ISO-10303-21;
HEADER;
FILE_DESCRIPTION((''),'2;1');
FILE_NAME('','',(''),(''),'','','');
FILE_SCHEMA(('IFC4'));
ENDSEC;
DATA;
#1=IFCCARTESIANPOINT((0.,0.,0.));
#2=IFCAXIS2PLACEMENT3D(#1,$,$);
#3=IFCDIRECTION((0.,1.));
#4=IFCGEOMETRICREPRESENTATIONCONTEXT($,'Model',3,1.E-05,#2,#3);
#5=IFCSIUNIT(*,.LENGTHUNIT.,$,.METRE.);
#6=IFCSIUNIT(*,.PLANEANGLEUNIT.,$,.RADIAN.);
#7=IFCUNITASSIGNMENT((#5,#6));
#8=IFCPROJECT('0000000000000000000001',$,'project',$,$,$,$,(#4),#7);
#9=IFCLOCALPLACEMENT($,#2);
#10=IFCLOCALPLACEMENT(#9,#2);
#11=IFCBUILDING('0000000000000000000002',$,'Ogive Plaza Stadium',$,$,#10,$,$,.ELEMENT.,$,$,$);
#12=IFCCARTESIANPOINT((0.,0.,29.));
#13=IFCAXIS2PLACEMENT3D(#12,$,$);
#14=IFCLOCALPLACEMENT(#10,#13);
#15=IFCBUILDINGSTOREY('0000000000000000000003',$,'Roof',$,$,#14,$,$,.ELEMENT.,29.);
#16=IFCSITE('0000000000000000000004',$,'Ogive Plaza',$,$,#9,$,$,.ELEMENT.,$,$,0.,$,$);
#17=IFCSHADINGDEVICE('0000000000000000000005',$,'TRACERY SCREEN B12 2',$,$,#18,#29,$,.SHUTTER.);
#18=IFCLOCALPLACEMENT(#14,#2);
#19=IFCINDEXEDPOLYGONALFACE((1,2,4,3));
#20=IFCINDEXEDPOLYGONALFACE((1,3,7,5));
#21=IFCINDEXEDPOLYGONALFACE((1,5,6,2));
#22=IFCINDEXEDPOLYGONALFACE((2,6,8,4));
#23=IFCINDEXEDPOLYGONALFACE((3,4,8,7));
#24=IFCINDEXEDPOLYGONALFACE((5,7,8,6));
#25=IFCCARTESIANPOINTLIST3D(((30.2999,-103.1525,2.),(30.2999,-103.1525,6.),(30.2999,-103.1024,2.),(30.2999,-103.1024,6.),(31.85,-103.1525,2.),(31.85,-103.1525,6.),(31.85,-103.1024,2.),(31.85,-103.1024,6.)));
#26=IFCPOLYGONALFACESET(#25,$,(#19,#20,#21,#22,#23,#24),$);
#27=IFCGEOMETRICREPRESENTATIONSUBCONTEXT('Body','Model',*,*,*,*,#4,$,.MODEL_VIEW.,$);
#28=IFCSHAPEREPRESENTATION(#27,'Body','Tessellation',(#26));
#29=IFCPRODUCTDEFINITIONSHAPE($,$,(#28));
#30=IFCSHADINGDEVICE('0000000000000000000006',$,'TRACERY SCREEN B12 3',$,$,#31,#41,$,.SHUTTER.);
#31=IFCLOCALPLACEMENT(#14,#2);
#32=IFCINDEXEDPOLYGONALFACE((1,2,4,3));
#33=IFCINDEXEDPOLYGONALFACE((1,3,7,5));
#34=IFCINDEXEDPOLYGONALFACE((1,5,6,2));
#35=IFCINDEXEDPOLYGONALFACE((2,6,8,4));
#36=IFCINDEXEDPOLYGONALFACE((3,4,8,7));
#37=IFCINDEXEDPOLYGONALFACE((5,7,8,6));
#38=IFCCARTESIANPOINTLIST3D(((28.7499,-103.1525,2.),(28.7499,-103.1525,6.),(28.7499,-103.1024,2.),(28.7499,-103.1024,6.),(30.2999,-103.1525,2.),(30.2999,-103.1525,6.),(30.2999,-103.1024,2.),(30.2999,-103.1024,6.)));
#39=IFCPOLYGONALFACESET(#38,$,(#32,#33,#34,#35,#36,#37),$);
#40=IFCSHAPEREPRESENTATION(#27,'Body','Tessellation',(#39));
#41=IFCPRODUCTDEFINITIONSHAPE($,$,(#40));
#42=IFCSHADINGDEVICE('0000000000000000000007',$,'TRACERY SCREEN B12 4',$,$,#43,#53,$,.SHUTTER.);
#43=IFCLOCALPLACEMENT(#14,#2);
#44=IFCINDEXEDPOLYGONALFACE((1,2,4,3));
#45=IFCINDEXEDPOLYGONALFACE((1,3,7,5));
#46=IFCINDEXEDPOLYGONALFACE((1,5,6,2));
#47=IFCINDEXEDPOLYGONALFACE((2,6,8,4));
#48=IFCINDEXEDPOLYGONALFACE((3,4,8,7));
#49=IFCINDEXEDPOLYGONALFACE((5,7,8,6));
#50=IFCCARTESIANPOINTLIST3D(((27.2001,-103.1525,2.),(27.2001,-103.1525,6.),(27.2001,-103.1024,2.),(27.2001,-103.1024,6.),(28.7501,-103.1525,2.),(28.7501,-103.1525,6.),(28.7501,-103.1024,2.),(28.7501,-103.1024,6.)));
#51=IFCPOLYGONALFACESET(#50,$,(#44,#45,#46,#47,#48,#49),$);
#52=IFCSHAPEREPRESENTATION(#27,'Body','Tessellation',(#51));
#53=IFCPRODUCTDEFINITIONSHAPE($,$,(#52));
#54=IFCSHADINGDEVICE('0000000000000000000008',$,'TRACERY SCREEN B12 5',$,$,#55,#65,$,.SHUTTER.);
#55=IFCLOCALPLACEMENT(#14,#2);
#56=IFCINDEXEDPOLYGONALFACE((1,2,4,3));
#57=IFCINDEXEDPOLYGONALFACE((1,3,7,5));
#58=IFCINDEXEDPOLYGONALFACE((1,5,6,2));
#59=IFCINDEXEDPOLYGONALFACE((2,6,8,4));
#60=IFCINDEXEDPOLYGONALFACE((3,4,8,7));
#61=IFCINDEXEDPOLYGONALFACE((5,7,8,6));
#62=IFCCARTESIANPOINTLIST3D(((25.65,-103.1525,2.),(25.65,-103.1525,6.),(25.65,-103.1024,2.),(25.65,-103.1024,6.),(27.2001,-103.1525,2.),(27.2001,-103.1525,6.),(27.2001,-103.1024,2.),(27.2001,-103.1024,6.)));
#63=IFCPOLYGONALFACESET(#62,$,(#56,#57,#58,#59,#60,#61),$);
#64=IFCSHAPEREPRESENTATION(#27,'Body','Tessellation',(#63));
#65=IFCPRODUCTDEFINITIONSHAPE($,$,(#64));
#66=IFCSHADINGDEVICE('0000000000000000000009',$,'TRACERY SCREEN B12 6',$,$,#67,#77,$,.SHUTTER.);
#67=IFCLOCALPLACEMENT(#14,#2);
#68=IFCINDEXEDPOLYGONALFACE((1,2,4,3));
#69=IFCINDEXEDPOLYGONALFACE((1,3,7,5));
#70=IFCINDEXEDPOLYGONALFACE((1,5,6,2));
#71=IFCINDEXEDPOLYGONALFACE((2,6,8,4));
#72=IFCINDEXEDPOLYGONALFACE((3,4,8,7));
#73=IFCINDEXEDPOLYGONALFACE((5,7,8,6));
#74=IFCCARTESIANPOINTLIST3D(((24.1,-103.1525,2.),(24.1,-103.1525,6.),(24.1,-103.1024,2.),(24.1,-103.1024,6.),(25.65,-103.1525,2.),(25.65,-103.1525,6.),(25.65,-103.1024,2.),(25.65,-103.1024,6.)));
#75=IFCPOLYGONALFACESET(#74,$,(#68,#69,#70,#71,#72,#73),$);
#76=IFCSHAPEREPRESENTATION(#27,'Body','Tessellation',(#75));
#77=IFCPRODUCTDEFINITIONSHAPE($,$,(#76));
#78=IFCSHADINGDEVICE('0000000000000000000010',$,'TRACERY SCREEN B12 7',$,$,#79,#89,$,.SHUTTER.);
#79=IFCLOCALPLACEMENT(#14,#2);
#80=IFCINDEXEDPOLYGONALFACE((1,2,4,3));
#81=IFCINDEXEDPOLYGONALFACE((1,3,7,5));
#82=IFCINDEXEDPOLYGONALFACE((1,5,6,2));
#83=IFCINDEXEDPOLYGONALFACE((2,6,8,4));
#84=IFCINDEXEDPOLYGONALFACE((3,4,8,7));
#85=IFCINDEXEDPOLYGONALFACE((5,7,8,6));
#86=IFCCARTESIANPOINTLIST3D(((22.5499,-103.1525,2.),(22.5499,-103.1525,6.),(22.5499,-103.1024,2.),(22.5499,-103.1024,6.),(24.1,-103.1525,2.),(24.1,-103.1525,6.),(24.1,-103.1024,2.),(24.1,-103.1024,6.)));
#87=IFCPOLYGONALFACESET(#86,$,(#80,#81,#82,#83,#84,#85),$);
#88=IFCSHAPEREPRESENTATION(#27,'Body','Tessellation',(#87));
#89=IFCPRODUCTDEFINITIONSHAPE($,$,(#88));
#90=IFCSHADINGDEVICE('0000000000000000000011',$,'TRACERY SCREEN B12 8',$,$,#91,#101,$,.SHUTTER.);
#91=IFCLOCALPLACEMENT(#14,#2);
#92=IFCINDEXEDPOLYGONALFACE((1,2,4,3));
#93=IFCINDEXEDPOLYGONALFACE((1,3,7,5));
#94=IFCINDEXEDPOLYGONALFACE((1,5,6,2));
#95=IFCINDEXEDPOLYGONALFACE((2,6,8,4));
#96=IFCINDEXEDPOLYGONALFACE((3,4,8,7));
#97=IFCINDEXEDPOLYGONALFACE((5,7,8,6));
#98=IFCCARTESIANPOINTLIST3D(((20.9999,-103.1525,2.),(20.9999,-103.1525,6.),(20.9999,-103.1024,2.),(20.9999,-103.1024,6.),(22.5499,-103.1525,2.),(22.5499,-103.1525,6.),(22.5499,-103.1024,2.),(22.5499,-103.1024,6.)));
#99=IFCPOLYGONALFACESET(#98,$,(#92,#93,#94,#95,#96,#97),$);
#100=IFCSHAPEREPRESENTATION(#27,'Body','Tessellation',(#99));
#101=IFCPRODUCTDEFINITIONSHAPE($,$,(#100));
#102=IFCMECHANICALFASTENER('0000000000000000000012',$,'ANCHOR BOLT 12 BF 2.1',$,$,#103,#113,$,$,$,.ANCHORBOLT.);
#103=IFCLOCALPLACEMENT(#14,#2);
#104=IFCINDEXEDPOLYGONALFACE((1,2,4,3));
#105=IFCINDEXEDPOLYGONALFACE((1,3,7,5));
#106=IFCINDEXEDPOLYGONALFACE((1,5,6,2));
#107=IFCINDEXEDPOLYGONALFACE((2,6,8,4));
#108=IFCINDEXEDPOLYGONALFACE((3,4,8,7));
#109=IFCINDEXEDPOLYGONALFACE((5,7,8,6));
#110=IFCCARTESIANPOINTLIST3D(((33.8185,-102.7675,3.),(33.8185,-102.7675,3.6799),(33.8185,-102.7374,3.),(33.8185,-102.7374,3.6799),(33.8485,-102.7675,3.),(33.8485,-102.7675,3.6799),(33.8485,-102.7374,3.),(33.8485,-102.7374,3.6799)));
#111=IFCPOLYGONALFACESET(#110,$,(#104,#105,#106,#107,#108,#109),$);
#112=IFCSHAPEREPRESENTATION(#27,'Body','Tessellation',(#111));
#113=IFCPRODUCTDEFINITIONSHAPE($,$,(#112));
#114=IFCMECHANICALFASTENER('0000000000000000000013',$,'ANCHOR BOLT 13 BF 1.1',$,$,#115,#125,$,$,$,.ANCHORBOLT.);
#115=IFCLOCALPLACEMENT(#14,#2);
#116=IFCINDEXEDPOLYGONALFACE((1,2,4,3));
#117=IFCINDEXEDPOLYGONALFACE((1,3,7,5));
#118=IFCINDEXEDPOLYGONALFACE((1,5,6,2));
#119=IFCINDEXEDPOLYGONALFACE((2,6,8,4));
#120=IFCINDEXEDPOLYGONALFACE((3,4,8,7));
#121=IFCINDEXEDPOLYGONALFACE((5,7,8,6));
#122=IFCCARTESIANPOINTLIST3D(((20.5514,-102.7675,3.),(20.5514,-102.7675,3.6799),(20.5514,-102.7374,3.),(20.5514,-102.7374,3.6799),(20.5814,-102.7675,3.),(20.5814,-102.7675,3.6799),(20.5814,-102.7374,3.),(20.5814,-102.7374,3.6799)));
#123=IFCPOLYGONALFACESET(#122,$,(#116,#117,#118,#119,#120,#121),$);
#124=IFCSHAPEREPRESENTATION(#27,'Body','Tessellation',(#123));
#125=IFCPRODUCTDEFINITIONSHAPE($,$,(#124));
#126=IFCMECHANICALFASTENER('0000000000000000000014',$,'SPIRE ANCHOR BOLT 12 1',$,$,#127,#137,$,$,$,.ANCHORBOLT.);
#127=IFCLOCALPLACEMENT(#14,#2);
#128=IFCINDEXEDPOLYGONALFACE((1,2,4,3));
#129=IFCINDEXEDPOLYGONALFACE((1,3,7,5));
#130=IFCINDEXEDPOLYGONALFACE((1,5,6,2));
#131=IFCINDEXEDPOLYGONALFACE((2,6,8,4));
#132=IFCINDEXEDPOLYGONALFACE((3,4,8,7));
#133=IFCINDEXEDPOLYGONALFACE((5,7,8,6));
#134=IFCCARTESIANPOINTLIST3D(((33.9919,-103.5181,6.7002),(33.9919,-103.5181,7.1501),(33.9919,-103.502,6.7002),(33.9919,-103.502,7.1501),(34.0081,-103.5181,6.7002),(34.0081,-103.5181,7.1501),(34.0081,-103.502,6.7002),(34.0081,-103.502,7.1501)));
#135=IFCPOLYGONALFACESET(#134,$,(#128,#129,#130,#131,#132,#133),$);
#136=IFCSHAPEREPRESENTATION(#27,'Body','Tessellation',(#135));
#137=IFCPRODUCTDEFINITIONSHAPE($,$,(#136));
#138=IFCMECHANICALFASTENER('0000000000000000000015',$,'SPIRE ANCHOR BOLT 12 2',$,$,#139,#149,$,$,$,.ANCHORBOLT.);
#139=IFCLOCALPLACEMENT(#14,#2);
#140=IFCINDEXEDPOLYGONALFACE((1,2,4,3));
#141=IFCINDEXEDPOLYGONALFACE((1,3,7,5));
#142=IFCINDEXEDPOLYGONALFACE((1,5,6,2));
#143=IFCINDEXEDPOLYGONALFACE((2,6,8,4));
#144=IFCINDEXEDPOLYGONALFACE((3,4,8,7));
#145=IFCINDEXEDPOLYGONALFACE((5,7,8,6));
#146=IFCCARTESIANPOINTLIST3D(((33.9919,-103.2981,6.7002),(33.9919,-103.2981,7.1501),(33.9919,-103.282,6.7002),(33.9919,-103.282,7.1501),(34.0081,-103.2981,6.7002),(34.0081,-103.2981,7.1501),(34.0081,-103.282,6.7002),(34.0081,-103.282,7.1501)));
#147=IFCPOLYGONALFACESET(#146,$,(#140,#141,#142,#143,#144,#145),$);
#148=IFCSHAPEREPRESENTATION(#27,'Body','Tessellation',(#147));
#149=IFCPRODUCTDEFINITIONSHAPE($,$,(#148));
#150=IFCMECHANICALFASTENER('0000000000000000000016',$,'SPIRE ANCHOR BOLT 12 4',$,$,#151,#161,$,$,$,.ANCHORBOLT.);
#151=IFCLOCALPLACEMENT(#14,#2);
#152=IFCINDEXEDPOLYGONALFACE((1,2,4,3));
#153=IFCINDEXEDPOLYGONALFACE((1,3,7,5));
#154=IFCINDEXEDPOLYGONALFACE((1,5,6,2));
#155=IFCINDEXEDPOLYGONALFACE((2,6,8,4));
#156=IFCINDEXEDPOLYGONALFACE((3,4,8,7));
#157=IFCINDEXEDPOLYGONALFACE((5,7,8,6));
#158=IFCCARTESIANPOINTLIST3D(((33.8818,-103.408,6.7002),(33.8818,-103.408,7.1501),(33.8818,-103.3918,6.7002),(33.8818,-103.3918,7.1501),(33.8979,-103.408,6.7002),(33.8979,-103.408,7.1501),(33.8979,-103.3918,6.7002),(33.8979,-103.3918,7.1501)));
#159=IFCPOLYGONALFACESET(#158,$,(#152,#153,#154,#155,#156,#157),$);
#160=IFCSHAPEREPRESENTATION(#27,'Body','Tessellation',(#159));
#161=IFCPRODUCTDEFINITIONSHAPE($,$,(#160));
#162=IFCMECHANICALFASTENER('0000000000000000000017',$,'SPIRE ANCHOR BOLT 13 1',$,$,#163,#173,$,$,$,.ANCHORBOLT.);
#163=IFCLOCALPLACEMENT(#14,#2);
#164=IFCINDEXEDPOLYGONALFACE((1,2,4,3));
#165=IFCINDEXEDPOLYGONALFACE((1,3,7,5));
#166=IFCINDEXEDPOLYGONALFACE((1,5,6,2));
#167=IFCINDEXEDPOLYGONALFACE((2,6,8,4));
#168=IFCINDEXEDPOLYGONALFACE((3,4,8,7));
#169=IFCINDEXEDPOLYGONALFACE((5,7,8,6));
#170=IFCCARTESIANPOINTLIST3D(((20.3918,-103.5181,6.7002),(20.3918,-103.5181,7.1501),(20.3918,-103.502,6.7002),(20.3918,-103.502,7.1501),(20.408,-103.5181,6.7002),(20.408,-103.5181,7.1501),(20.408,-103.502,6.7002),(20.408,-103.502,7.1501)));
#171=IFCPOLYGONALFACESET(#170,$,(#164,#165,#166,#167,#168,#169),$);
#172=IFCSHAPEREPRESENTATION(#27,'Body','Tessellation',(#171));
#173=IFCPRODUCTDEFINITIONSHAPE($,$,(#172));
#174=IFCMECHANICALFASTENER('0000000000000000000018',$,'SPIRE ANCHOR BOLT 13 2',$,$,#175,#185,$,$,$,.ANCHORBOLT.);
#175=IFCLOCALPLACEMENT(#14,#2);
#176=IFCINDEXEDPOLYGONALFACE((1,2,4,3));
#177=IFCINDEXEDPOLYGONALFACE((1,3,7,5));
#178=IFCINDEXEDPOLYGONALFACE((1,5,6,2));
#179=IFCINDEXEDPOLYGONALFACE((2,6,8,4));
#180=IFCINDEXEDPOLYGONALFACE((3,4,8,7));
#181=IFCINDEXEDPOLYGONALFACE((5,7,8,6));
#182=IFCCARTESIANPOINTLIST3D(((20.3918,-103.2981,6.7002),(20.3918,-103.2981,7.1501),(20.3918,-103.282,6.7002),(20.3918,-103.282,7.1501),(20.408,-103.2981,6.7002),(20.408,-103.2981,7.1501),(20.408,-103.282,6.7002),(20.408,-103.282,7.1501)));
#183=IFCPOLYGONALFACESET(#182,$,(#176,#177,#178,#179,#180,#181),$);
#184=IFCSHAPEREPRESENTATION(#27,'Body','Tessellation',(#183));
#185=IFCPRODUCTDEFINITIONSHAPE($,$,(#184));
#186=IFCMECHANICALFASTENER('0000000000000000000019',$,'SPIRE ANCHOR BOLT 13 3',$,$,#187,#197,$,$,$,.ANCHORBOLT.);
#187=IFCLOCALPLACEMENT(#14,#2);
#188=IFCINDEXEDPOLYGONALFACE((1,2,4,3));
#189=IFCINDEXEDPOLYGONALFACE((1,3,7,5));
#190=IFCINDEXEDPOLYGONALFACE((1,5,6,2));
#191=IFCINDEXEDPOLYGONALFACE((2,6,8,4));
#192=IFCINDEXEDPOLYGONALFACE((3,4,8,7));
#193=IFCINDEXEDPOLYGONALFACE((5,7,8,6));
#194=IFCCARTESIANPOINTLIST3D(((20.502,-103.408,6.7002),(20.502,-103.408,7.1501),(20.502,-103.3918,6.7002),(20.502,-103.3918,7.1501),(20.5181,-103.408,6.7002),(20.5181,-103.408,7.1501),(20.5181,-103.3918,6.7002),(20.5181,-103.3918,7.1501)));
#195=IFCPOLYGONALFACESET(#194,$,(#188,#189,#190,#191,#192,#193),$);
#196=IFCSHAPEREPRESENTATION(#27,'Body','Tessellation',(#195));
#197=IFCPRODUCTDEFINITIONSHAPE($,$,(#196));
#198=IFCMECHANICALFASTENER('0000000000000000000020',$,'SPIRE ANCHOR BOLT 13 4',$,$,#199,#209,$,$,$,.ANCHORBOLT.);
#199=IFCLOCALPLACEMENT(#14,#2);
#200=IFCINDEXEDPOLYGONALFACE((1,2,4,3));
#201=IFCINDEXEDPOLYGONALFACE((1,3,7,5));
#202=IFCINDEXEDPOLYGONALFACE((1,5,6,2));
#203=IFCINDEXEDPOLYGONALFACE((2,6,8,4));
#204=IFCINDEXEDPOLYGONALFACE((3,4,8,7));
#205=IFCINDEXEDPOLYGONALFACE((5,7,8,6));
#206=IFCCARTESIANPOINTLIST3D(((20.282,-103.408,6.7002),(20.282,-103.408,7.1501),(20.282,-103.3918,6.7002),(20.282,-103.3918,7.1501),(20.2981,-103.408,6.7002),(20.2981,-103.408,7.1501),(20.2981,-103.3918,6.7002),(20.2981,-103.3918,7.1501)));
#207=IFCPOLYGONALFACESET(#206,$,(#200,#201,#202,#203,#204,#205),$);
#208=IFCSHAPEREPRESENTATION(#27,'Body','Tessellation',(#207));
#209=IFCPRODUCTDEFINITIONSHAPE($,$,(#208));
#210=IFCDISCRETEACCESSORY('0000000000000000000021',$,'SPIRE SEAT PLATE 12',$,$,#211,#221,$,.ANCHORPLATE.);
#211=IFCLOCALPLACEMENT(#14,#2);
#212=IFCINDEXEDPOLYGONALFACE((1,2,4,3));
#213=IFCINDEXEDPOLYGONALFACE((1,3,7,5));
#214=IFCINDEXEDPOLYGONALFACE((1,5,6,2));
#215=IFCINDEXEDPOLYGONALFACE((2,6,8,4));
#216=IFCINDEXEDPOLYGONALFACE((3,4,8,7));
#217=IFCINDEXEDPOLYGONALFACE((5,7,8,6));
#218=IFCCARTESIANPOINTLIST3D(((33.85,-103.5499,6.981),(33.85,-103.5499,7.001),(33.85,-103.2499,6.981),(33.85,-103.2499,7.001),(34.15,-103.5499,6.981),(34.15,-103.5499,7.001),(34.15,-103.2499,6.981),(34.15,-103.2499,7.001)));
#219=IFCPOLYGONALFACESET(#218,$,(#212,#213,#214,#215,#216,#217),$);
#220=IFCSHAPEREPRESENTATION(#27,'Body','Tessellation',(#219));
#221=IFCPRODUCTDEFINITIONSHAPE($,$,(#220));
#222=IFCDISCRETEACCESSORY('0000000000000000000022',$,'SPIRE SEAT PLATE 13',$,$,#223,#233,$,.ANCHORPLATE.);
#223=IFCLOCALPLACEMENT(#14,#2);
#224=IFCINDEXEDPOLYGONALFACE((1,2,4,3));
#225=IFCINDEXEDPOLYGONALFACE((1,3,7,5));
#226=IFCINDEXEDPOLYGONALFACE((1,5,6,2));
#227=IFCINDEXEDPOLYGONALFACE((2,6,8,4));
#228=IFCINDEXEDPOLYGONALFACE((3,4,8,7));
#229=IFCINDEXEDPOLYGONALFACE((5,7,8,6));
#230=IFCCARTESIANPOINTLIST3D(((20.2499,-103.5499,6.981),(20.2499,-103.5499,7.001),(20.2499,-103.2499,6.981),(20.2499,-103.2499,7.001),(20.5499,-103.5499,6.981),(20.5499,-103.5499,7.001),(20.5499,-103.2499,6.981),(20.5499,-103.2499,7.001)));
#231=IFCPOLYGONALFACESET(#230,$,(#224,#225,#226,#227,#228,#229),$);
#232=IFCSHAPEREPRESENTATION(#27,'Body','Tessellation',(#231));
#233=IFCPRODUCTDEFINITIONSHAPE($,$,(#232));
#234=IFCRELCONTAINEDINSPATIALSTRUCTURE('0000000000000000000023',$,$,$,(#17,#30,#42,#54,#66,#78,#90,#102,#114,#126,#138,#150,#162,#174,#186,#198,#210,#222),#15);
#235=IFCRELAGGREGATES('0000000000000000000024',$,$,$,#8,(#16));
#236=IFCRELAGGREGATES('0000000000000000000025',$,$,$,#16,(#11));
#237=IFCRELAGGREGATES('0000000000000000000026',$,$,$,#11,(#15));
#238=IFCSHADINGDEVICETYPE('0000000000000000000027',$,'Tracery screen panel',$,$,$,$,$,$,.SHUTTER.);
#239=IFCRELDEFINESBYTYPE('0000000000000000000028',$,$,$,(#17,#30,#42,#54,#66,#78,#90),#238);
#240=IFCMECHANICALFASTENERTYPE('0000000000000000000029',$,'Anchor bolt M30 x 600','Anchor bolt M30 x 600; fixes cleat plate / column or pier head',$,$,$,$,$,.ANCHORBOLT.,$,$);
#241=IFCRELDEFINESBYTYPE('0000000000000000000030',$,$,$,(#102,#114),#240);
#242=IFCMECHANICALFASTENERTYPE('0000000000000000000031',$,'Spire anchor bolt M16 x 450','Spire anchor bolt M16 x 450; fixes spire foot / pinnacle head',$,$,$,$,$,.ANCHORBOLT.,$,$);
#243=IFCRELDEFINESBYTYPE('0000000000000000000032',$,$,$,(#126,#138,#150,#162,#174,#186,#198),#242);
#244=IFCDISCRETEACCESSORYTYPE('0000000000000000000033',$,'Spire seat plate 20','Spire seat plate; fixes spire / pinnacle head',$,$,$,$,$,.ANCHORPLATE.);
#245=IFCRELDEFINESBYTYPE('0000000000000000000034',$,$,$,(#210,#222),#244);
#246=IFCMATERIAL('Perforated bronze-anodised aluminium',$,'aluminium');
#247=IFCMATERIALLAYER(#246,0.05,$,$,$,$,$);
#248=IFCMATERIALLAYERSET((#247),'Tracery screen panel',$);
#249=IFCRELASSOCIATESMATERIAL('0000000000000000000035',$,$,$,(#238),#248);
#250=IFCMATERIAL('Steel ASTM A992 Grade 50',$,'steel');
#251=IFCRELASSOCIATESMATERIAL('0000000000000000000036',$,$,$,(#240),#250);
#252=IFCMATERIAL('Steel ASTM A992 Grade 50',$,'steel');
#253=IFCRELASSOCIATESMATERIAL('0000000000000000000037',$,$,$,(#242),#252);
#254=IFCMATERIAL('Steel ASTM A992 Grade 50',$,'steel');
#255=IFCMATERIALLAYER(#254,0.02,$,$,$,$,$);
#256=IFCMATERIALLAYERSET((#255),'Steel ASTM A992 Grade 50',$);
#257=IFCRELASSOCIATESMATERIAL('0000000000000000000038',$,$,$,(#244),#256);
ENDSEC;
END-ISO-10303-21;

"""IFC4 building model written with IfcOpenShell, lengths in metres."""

from ifc_helpers import new_model, si_unit, direction, frame, origin, origin_2d, place, context, subcontext, project, spatial, rectangle, extrude, material, layer, layer_set, type_object, element, save


model = new_model("IFC4")

# Units and contexts
model_context = context("Model", 3, precision=1e-05, world=origin(), true_north=direction((0.0, 1.0)))
body_context = subcontext(model_context, "Body", "Model", "MODEL_VIEW")
ifc_project = project(units=[si_unit("LENGTHUNIT", "METRE"), si_unit("PLANEANGLEUNIT", "RADIAN")], contexts=[model_context])

# Site, building, storey
site_placement = place(None, origin())
site = spatial("IfcSite", under=ifc_project, at=site_placement, Name="Ogive Plaza", CompositionType="ELEMENT", RefElevation=0.0)
building_placement = place(site_placement, origin())
building = spatial("IfcBuilding", under=site, at=building_placement, Name="Ogive Plaza Stadium", CompositionType="ELEMENT")
storey_placement = place(building_placement, frame((0.0, 0.0, 29.0)))
storey = spatial("IfcBuildingStorey", under=building, at=storey_placement, Name="Roof", CompositionType="ELEMENT", Elevation=29.0)

# Shading devices
ifc_material_1 = material(Name="Perforated bronze-anodised aluminium", Category="aluminium")
ifc_layer_1 = layer(ifc_material_1, 0.05)
ifc_layer_set_1 = layer_set([ifc_layer_1], Name="Tracery screen panel")
shading_device_type = type_object("IfcShadingDeviceType", Name="Tracery screen panel", PredefinedType="SHUTTER", material=ifc_layer_set_1)
for number, where, z_axis, x_axis, name in (
    (1, (31.075, -103.1274, 2.0), (0.0, 0.0, 1.0), (-1.0, 0.0, 0.0), "TRACERY SCREEN B12 2"),
    (2, (29.5249, -103.1274, 2.0), (0.0, 0.0, 1.0), (-1.0, 0.0, 0.0), "TRACERY SCREEN B12 3"),
    (3, (27.9751, -103.1274, 2.0), (0.0, 0.0, 1.0), (-1.0, 0.0, 0.0), "TRACERY SCREEN B12 4"),
    (4, (26.425, -103.1274, 2.0), (0.0, 0.0, 1.0), (-1.0, 0.0, 0.0), "TRACERY SCREEN B12 5"),
    (5, (24.875, -103.1274, 2.0), (0.0, 0.0, 1.0), (-1.0, 0.0, 0.0), "TRACERY SCREEN B12 6"),
    (6, (23.325, -103.1274, 2.0), (0.0, 0.0, 1.0), (-1.0, 0.0, 0.0), "TRACERY SCREEN B12 7"),
    (7, (21.7749, -103.1274, 2.0), (0.0, 0.0, 1.0), (-1.0, 0.0, 0.0), "TRACERY SCREEN B12 8"),
):
    element("IfcShadingDevice", number, at=place(storey_placement, frame(where, z_axis=z_axis, x_axis=x_axis)), inside=storey, type_object=shading_device_type, Name=name, PredefinedType="SHUTTER", context=body_context, shape_type="SweptSolid", body=[
        extrude(rectangle(XDim=1.55, YDim=0.05, at=origin_2d()), origin(), (0.0, 0.0, 1.0), 4.0),
    ])

# Mechanical fasteners
ifc_material_2 = material(Name="Steel ASTM A992 Grade 50", Category="steel")
mechanical_fastener_type_1 = type_object("IfcMechanicalFastenerType", Name="Anchor bolt M30 x 600", Description="Anchor bolt M30 x 600; fixes cleat plate / column or pier head", PredefinedType="ANCHORBOLT", material=ifc_material_2)
for number, where, z_axis, x_axis, name in (
    (8, (33.8335, -102.7524, 3.0), (0.0, 0.0, 1.0), (0.0, -1.0, 0.0), "ANCHOR BOLT 12 BF 2.1"),
    (9, (20.5664, -102.7524, 3.0), (0.0, 0.0, 1.0), (0.0, -1.0, 0.0), "ANCHOR BOLT 13 BF 1.1"),
):
    element("IfcMechanicalFastener", number, at=place(storey_placement, frame(where, z_axis=z_axis, x_axis=x_axis)), inside=storey, type_object=mechanical_fastener_type_1, Name=name, PredefinedType="ANCHORBOLT", context=body_context, shape_type="SweptSolid", body=[
        extrude(rectangle(XDim=0.03, YDim=0.03, at=origin_2d()), origin(), (0.0, 0.0, 1.0), 0.6799),
    ])
ifc_material_3 = material(Name="Steel ASTM A992 Grade 50", Category="steel")
mechanical_fastener_type_2 = type_object("IfcMechanicalFastenerType", Name="Spire anchor bolt M16 x 450", Description="Spire anchor bolt M16 x 450; fixes spire foot / pinnacle head", PredefinedType="ANCHORBOLT", material=ifc_material_3)
for number, where, z_axis, x_axis, name in (
    (10, (34.0, -103.51, 6.7002), (0.0, 0.0, 1.0), (0.0, -1.0, 0.0), "SPIRE ANCHOR BOLT 12 1"),
    (11, (34.0, -103.29, 6.7002), (0.0, 0.0, 1.0), (0.0, -1.0, 0.0), "SPIRE ANCHOR BOLT 12 2"),
    (12, (33.8899, -103.3999, 6.7002), (0.0, 0.0, 1.0), (0.0, -1.0, 0.0), "SPIRE ANCHOR BOLT 12 4"),
    (13, (20.3999, -103.51, 6.7002), (0.0, 0.0, 1.0), (0.0, -1.0, 0.0), "SPIRE ANCHOR BOLT 13 1"),
    (14, (20.3999, -103.29, 6.7002), (0.0, 0.0, 1.0), (0.0, -1.0, 0.0), "SPIRE ANCHOR BOLT 13 2"),
    (15, (20.51, -103.3999, 6.7002), (0.0, 0.0, 1.0), (0.0, -1.0, 0.0), "SPIRE ANCHOR BOLT 13 3"),
    (16, (20.29, -103.3999, 6.7002), (0.0, 0.0, 1.0), (0.0, -1.0, 0.0), "SPIRE ANCHOR BOLT 13 4"),
):
    element("IfcMechanicalFastener", number, at=place(storey_placement, frame(where, z_axis=z_axis, x_axis=x_axis)), inside=storey, type_object=mechanical_fastener_type_2, Name=name, PredefinedType="ANCHORBOLT", context=body_context, shape_type="SweptSolid", body=[
        extrude(rectangle(XDim=0.0161, YDim=0.0161, at=origin_2d()), origin(), (0.0, 0.0, 1.0), 0.45),
    ])

# Discrete accessories
ifc_material_4 = material(Name="Steel ASTM A992 Grade 50", Category="steel")
ifc_layer_2 = layer(ifc_material_4, 0.02)
ifc_layer_set_2 = layer_set([ifc_layer_2], Name="Steel ASTM A992 Grade 50")
discrete_accessory_type_1 = type_object("IfcDiscreteAccessoryType", Name="Spire seat plate 20", Description="Spire seat plate; fixes spire / pinnacle head", PredefinedType="ANCHORPLATE", material=ifc_layer_set_2)
for number, where, z_axis, x_axis, name in (
    (17, (34.0, -103.3999, 6.981), (0.0, 0.0, 1.0), (0.0, -1.0, 0.0), "SPIRE SEAT PLATE 12"),
    (18, (20.3999, -103.3999, 6.981), (0.0, 0.0, 1.0), (0.0, -1.0, 0.0), "SPIRE SEAT PLATE 13"),
):
    element("IfcDiscreteAccessory", number, at=place(storey_placement, frame(where, z_axis=z_axis, x_axis=x_axis)), inside=storey, type_object=discrete_accessory_type_1, Name=name, PredefinedType="ANCHORPLATE", context=body_context, shape_type="SweptSolid", body=[
        extrude(rectangle(XDim=0.3, YDim=0.3, at=origin_2d()), origin(), (0.0, 0.0, 1.0), 0.02),
    ])

save(model, "model.ifc")
